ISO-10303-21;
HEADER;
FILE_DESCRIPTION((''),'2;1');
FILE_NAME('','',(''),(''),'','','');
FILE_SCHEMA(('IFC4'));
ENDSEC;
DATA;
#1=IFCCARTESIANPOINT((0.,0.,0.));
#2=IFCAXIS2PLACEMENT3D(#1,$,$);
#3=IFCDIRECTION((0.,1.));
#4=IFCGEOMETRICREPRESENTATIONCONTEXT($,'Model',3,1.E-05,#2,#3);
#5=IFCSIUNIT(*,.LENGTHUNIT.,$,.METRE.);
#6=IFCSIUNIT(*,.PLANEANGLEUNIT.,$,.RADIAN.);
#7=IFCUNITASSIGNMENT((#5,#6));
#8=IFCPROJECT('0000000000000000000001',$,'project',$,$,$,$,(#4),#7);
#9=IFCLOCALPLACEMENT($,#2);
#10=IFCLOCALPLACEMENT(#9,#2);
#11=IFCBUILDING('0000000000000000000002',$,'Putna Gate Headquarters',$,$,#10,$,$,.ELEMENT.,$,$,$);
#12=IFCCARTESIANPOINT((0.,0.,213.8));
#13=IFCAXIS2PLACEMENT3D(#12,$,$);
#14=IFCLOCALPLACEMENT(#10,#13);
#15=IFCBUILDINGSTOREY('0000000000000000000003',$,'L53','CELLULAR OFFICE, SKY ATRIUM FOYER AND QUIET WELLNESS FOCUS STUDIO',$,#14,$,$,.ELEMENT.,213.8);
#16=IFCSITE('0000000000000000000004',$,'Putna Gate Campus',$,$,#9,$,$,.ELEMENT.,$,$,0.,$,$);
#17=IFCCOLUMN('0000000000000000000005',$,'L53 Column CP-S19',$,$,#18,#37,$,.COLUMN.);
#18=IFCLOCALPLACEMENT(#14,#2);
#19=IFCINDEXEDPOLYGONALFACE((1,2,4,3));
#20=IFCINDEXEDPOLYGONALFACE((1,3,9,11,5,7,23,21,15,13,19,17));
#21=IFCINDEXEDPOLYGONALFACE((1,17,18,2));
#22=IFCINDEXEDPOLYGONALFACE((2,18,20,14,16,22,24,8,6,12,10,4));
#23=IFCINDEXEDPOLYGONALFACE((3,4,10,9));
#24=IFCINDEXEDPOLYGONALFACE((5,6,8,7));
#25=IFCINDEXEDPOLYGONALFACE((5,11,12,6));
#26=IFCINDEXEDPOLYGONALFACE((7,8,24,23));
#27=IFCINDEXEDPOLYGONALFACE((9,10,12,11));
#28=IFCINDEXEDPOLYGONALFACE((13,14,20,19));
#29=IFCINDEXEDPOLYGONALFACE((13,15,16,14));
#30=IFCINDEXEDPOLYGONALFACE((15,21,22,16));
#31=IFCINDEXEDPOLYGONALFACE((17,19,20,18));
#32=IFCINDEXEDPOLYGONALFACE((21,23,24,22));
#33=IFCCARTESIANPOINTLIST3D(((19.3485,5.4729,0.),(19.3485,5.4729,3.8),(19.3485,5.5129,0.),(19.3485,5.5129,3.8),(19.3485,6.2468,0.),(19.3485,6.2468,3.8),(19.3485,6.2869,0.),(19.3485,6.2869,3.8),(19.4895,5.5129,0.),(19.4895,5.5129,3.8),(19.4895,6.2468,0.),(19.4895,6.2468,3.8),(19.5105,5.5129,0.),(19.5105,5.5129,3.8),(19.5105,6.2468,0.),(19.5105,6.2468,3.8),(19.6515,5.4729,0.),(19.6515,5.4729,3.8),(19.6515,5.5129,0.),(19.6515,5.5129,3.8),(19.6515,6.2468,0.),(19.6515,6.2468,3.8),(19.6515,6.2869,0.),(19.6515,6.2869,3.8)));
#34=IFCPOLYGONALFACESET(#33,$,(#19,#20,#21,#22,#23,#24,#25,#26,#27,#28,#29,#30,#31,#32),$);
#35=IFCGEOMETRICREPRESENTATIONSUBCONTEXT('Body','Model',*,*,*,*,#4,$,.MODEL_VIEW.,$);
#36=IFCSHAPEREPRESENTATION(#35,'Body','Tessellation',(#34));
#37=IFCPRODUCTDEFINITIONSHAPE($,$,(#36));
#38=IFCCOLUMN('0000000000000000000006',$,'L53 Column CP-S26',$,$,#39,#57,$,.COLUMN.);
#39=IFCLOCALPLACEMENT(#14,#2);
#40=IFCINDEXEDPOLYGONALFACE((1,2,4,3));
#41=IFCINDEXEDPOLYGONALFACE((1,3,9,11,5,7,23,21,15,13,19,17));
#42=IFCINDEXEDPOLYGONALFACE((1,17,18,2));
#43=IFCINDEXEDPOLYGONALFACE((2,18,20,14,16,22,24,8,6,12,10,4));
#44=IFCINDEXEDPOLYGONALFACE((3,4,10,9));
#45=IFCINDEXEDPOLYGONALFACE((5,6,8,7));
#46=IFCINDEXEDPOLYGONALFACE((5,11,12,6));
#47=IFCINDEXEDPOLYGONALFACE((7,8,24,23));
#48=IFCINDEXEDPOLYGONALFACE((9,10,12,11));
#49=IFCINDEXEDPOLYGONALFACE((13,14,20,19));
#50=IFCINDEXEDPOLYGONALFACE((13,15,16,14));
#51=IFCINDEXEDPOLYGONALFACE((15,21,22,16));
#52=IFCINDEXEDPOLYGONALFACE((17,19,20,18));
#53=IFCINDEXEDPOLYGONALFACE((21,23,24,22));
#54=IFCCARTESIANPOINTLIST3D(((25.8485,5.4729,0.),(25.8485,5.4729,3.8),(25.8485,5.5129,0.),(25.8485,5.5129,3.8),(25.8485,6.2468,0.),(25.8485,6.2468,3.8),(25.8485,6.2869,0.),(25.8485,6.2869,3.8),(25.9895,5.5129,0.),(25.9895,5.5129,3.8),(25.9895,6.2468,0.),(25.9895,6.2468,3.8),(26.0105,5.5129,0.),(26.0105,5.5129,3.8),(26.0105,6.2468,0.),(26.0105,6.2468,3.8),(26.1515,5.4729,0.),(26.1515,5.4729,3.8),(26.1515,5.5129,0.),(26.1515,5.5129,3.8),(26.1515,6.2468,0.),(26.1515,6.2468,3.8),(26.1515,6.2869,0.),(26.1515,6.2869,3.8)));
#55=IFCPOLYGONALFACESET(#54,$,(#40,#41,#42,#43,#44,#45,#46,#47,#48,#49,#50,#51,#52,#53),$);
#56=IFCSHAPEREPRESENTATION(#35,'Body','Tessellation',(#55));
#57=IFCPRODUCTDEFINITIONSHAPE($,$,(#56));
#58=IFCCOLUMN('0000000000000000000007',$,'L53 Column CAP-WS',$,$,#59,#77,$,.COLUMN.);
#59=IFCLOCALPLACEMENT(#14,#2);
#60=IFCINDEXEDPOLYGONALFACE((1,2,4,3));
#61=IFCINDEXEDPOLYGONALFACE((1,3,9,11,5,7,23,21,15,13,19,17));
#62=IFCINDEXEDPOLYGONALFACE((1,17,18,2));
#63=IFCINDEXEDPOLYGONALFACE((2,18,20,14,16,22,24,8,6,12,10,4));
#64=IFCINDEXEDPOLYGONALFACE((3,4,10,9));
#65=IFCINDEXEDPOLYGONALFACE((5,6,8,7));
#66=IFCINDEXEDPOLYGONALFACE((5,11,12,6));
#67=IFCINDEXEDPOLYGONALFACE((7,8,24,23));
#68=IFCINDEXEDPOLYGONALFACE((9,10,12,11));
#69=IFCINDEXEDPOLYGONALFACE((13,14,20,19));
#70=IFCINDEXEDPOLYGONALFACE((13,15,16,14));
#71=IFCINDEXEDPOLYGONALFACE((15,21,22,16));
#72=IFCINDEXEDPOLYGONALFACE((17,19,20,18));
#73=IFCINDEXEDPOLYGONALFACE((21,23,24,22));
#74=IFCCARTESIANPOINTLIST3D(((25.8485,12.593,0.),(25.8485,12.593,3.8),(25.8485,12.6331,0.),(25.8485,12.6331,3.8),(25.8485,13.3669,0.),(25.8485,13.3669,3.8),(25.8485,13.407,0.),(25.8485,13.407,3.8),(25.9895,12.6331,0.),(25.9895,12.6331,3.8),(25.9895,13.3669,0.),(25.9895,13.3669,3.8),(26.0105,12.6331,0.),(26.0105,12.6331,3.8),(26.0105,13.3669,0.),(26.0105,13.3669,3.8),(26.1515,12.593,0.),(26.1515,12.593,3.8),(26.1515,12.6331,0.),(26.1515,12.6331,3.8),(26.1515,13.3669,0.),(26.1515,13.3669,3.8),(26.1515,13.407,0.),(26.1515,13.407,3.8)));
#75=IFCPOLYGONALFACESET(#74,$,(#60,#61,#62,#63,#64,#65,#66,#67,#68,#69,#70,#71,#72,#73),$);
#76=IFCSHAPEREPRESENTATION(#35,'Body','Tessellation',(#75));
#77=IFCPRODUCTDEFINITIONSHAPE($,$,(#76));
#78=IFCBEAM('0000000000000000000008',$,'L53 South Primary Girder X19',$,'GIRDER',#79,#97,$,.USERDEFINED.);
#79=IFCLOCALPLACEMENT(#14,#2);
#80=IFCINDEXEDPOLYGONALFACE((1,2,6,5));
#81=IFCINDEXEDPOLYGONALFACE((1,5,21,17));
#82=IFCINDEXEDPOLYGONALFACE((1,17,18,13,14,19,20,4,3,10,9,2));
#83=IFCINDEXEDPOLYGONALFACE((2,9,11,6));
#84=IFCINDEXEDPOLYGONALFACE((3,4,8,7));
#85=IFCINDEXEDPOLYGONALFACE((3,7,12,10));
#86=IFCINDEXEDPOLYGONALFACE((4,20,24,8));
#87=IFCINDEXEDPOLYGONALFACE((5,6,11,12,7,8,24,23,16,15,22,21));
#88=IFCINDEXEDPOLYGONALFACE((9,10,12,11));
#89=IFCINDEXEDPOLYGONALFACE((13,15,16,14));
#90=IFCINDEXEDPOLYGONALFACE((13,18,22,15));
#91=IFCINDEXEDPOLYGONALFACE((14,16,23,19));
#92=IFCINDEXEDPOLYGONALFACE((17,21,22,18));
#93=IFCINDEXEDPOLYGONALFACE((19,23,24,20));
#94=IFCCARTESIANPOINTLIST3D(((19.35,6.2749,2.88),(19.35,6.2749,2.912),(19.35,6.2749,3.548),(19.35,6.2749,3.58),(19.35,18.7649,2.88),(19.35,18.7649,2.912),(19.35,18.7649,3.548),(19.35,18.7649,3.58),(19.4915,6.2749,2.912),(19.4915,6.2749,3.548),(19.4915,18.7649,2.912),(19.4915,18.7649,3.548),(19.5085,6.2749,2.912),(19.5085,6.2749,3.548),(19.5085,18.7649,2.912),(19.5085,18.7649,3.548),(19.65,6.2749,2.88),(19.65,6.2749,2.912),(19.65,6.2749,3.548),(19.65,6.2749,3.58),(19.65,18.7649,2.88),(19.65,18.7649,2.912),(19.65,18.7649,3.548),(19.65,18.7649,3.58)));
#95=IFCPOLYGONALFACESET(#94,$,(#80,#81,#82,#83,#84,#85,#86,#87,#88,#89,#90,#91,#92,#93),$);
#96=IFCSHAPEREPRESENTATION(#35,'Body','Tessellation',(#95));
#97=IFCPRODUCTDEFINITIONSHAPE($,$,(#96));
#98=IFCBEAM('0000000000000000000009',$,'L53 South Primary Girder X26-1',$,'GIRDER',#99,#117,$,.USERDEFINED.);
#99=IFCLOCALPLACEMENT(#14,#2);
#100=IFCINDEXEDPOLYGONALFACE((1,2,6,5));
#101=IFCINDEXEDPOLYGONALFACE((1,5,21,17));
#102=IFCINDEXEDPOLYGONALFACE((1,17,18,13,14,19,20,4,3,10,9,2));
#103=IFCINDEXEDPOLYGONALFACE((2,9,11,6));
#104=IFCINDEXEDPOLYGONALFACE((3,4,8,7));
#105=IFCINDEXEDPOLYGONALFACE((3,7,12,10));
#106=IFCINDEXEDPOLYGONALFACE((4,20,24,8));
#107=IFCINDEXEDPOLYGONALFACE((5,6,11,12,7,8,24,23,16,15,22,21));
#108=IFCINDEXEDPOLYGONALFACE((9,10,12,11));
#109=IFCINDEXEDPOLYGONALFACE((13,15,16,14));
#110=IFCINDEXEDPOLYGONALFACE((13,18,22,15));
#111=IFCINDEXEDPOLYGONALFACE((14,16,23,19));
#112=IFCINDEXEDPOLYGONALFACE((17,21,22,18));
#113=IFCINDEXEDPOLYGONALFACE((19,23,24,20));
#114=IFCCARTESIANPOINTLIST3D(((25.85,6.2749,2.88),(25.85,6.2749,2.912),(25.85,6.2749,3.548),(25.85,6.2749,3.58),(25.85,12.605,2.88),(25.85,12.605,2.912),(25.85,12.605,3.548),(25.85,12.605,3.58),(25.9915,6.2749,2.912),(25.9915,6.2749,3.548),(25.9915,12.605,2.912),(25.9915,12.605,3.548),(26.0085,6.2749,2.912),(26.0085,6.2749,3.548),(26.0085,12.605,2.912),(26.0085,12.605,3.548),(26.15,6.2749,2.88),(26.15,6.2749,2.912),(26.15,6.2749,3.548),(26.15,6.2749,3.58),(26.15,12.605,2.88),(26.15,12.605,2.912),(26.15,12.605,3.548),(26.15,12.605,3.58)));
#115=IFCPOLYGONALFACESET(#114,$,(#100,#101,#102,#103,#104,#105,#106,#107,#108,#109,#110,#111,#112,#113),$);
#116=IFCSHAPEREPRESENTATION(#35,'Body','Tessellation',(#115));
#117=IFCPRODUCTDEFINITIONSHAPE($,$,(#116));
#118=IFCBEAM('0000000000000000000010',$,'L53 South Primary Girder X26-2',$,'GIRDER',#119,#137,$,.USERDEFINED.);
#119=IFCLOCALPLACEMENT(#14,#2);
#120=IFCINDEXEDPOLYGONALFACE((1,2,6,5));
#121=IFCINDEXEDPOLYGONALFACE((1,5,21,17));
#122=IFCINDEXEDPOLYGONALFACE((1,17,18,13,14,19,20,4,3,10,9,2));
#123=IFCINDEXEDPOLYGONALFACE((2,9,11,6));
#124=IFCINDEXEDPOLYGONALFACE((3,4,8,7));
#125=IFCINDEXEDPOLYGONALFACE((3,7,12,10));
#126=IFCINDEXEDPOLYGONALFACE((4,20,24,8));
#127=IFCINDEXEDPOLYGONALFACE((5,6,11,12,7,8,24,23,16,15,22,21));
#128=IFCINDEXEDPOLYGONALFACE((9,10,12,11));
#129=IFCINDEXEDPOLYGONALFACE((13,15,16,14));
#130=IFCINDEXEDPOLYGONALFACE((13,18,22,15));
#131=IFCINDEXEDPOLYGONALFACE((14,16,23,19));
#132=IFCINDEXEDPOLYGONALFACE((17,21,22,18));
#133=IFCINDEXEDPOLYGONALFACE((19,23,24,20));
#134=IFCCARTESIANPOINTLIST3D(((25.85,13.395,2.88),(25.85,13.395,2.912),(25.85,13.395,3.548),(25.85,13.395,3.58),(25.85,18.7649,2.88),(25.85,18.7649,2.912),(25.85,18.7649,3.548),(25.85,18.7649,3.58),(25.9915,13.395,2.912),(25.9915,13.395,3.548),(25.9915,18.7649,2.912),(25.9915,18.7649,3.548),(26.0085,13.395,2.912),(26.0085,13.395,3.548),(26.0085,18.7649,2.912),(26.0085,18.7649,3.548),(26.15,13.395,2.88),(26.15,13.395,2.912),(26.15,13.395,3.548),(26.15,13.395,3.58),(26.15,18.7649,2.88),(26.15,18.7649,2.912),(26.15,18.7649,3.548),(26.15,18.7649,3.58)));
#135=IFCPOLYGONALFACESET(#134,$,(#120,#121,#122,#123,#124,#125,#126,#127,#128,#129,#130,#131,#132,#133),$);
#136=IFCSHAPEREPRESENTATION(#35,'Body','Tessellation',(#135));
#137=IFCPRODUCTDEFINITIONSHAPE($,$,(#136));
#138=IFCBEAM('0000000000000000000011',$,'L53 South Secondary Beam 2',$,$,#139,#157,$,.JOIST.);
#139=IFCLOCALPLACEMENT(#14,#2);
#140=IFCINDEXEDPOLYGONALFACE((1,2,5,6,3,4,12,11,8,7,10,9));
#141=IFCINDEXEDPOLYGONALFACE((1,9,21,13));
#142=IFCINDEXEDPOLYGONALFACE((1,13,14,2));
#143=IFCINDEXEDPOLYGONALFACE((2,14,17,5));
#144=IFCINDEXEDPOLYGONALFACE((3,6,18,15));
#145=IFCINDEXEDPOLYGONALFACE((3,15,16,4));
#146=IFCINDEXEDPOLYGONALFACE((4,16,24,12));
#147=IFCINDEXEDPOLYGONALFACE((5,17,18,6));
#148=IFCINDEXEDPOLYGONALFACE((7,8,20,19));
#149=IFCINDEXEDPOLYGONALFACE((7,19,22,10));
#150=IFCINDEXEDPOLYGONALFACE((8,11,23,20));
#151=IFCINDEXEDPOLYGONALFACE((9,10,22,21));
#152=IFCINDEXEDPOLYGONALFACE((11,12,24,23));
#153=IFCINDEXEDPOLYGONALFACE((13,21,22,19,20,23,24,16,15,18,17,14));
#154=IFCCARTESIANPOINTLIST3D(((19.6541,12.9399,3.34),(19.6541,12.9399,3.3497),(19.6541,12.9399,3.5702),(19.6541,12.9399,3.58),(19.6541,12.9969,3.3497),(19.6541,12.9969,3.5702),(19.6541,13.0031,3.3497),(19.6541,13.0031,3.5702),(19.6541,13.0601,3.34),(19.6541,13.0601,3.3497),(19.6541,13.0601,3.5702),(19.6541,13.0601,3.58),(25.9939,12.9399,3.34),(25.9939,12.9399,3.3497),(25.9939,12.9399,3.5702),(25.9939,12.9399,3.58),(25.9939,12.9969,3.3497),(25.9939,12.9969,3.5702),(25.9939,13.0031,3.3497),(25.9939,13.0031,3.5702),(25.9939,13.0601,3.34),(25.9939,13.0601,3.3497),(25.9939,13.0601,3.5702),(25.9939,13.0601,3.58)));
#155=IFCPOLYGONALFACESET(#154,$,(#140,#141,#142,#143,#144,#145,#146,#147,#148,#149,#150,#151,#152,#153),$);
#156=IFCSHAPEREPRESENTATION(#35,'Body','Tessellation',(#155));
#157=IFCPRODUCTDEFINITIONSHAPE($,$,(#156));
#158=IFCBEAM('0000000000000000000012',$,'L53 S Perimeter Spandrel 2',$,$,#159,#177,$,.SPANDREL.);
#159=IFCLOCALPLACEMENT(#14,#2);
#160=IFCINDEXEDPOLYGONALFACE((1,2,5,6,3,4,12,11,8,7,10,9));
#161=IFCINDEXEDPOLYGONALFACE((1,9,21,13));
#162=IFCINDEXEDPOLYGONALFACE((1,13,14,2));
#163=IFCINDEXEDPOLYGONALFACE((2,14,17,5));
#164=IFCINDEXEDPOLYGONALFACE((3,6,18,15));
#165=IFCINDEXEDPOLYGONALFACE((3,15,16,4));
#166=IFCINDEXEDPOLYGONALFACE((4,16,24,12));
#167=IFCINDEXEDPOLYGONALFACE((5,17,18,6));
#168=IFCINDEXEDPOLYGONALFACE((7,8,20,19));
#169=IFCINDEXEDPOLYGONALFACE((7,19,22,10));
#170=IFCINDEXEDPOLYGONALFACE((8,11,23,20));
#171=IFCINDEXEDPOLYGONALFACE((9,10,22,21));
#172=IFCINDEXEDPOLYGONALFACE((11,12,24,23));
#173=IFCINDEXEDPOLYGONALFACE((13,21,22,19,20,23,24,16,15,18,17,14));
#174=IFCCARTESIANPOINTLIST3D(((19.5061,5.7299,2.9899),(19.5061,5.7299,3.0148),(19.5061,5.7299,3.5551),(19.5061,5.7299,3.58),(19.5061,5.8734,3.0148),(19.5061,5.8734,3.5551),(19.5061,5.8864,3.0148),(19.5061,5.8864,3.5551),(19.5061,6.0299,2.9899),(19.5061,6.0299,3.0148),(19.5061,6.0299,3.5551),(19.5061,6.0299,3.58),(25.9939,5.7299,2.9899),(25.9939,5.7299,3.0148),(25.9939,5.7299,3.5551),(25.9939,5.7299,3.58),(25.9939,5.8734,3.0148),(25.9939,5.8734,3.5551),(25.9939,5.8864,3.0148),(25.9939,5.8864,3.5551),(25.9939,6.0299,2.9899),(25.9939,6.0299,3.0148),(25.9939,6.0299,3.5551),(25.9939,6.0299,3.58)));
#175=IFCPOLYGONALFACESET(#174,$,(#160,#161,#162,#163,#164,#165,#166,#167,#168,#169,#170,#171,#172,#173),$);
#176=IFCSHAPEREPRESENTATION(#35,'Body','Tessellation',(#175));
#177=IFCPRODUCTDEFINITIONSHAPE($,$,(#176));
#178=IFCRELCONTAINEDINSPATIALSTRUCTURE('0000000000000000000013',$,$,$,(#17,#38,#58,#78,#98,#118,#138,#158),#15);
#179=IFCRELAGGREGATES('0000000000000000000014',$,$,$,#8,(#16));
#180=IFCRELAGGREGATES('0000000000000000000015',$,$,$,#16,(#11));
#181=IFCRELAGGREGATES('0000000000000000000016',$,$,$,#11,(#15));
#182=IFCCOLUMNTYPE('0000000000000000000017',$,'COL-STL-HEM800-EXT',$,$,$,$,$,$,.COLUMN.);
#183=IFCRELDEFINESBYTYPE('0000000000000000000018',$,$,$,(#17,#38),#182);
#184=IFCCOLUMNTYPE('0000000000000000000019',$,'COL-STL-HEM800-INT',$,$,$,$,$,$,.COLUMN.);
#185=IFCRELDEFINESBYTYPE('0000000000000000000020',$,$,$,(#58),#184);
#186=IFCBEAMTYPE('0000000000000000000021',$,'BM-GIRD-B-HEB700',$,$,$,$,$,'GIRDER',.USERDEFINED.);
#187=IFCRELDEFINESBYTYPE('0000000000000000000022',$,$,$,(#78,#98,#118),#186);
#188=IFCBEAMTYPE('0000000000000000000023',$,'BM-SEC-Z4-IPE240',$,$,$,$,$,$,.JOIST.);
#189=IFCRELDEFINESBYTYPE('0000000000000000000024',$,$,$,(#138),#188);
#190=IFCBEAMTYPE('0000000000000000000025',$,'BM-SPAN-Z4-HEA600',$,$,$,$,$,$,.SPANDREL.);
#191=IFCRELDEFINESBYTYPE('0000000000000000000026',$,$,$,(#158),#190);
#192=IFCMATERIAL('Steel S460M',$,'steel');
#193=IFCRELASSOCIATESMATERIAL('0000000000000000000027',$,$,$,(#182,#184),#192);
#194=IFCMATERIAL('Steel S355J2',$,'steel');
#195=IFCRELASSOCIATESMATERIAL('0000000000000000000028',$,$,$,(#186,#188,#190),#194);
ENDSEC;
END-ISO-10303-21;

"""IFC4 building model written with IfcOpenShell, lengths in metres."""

from ifc_helpers import new_model, si_unit, direction, frame, origin, origin_2d, place, context, subcontext, project, spatial, i_section, extrude, material, material_profile, profile_set, type_object, element, save


model = new_model("IFC4")

# Units and contexts
model_context = context("Model", 3, precision=1e-05, world=origin(), true_north=direction((0.0, 1.0)))
body_context = subcontext(model_context, "Body", "Model", "MODEL_VIEW")
ifc_project = project(units=[si_unit("LENGTHUNIT", "METRE"), si_unit("PLANEANGLEUNIT", "RADIAN")], contexts=[model_context])

# Site, building, storey
site_placement = place(None, origin())
site = spatial("IfcSite", under=ifc_project, at=site_placement, Name="Putna Gate Campus", CompositionType="ELEMENT", RefElevation=0.0)
building_placement = place(site_placement, origin())
building = spatial("IfcBuilding", under=site, at=building_placement, Name="Putna Gate Headquarters", CompositionType="ELEMENT")
storey_placement = place(building_placement, frame((0.0, 0.0, 213.8)))
storey = spatial("IfcBuildingStorey", under=building, at=storey_placement, Name="L53", Description="CELLULAR OFFICE, SKY ATRIUM FOYER AND QUIET WELLNESS FOCUS STUDIO", CompositionType="ELEMENT", Elevation=213.8)

# Columns
ifc_material_1 = material(Name="Steel S460M", Category="steel")
ifc_material_profile_1 = material_profile(ifc_material_1, i_section(OverallWidth=0.303, OverallDepth=0.814, WebThickness=0.021, FlangeThickness=0.04, at=origin_2d()), Name="Steel S460M")
ifc_profile_set_1 = profile_set([ifc_material_profile_1], Name="Steel S460M")
column_type_1 = type_object("IfcColumnType", Name="COL-STL-HEM800-EXT", PredefinedType="COLUMN", material=ifc_profile_set_1)
for number, where, z_axis, x_axis, name in (
    (1, (19.5, 5.8799, 0.0), (0.0, 0.0, 1.0), (1.0, 0.0, 0.0), "L53 Column CP-S19"),
    (2, (26.0, 5.8799, 0.0), (0.0, 0.0, 1.0), (1.0, 0.0, 0.0), "L53 Column CP-S26"),
):
    element("IfcColumn", number, at=place(storey_placement, frame(where, z_axis=z_axis, x_axis=x_axis)), inside=storey, type_object=column_type_1, Name=name, PredefinedType="COLUMN", context=body_context, shape_type="SweptSolid", body=[
        extrude(i_section(OverallWidth=0.303, OverallDepth=0.814, WebThickness=0.021, FlangeThickness=0.04, at=origin_2d()), origin(), (0.0, 0.0, 1.0), 3.8),
    ])
ifc_material_profile_2 = material_profile(ifc_material_1, i_section(OverallWidth=0.303, OverallDepth=0.814, WebThickness=0.021, FlangeThickness=0.04, at=origin_2d()), Name="Steel S460M")
ifc_profile_set_2 = profile_set([ifc_material_profile_2], Name="Steel S460M")
column_type_2 = type_object("IfcColumnType", Name="COL-STL-HEM800-INT", PredefinedType="COLUMN", material=ifc_profile_set_2)
column_placement = place(storey_placement, frame((26.0, 13.0, 0.0), z_axis=(0.0, 0.0, 1.0), x_axis=(1.0, 0.0, 0.0)))
element("IfcColumn", 3, at=column_placement, inside=storey, type_object=column_type_2, Name="L53 Column CAP-WS", PredefinedType="COLUMN", context=body_context, shape_type="SweptSolid", body=[
    extrude(i_section(OverallWidth=0.303, OverallDepth=0.814, WebThickness=0.021, FlangeThickness=0.04, at=origin_2d()), origin(), (0.0, 0.0, 1.0), 3.8),
])

# Beams
ifc_material_2 = material(Name="Steel S355J2", Category="steel")
ifc_material_profile_3 = material_profile(ifc_material_2, i_section(OverallWidth=0.3, OverallDepth=0.7, WebThickness=0.0171, FlangeThickness=0.032, at=origin_2d()), Name="Steel S355J2")
ifc_profile_set_3 = profile_set([ifc_material_profile_3], Name="Steel S355J2")
beam_type_1 = type_object("IfcBeamType", Name="BM-GIRD-B-HEB700", ElementType="GIRDER", PredefinedType="USERDEFINED", material=ifc_profile_set_3)
beam_1_placement = place(storey_placement, frame((19.5, 6.2749, 3.23), z_axis=(0.0, 1.0, 0.0), x_axis=(-1.0, 0.0, 0.0)))
element("IfcBeam", 4, at=beam_1_placement, inside=storey, type_object=beam_type_1, Name="L53 South Primary Girder X19", ObjectType="GIRDER", PredefinedType="USERDEFINED", context=body_context, shape_type="SweptSolid", body=[
    extrude(i_section(OverallWidth=0.3, OverallDepth=0.7, WebThickness=0.0171, FlangeThickness=0.032, at=origin_2d()), origin(), (0.0, 0.0, 1.0), 12.49),
])
beam_2_placement = place(storey_placement, frame((26.0, 6.2749, 3.23), z_axis=(0.0, 1.0, 0.0), x_axis=(-1.0, 0.0, 0.0)))
element("IfcBeam", 5, at=beam_2_placement, inside=storey, type_object=beam_type_1, Name="L53 South Primary Girder X26-1", ObjectType="GIRDER", PredefinedType="USERDEFINED", context=body_context, shape_type="SweptSolid", body=[
    extrude(i_section(OverallWidth=0.3, OverallDepth=0.7, WebThickness=0.0171, FlangeThickness=0.032, at=origin_2d()), origin(), (0.0, 0.0, 1.0), 6.3301),
])
beam_3_placement = place(storey_placement, frame((26.0, 13.395, 3.23), z_axis=(0.0, 1.0, 0.0), x_axis=(-1.0, 0.0, 0.0)))
element("IfcBeam", 6, at=beam_3_placement, inside=storey, type_object=beam_type_1, Name="L53 South Primary Girder X26-2", ObjectType="GIRDER", PredefinedType="USERDEFINED", context=body_context, shape_type="SweptSolid", body=[
    extrude(i_section(OverallWidth=0.3, OverallDepth=0.7, WebThickness=0.0171, FlangeThickness=0.032, at=origin_2d()), origin(), (0.0, 0.0, 1.0), 5.3699),
])
ifc_material_profile_4 = material_profile(ifc_material_2, i_section(OverallWidth=0.1201, OverallDepth=0.24, WebThickness=0.0061, FlangeThickness=0.0098, at=origin_2d()), Name="Steel S355J2")
ifc_profile_set_4 = profile_set([ifc_material_profile_4], Name="Steel S355J2")
beam_type_2 = type_object("IfcBeamType", Name="BM-SEC-Z4-IPE240", PredefinedType="JOIST", material=ifc_profile_set_4)
beam_4_placement = place(storey_placement, frame((19.6541, 13.0, 3.46), z_axis=(1.0, 0.0, 0.0), x_axis=(0.0, 1.0, 0.0)))
element("IfcBeam", 7, at=beam_4_placement, inside=storey, type_object=beam_type_2, Name="L53 South Secondary Beam 2", PredefinedType="JOIST", context=body_context, shape_type="SweptSolid", body=[
    extrude(i_section(OverallWidth=0.1201, OverallDepth=0.24, WebThickness=0.0061, FlangeThickness=0.0098, at=origin_2d()), origin(), (0.0, 0.0, 1.0), 6.3398),
])
ifc_material_profile_5 = material_profile(ifc_material_2, i_section(OverallWidth=0.3, OverallDepth=0.5901, WebThickness=0.0129, FlangeThickness=0.0249, at=origin_2d()), Name="Steel S355J2")
ifc_profile_set_5 = profile_set([ifc_material_profile_5], Name="Steel S355J2")
beam_type_3 = type_object("IfcBeamType", Name="BM-SPAN-Z4-HEA600", PredefinedType="SPANDREL", material=ifc_profile_set_5)
beam_5_placement = place(storey_placement, frame((19.5061, 5.8799, 3.2849), z_axis=(1.0, 0.0, 0.0), x_axis=(0.0, 1.0, 0.0)))
element("IfcBeam", 8, at=beam_5_placement, inside=storey, type_object=beam_type_3, Name="L53 S Perimeter Spandrel 2", PredefinedType="SPANDREL", context=body_context, shape_type="SweptSolid", body=[
    extrude(i_section(OverallWidth=0.3, OverallDepth=0.5901, WebThickness=0.0129, FlangeThickness=0.0249, at=origin_2d()), origin(), (0.0, 0.0, 1.0), 6.4878),
])

save(model, "model.ifc")
